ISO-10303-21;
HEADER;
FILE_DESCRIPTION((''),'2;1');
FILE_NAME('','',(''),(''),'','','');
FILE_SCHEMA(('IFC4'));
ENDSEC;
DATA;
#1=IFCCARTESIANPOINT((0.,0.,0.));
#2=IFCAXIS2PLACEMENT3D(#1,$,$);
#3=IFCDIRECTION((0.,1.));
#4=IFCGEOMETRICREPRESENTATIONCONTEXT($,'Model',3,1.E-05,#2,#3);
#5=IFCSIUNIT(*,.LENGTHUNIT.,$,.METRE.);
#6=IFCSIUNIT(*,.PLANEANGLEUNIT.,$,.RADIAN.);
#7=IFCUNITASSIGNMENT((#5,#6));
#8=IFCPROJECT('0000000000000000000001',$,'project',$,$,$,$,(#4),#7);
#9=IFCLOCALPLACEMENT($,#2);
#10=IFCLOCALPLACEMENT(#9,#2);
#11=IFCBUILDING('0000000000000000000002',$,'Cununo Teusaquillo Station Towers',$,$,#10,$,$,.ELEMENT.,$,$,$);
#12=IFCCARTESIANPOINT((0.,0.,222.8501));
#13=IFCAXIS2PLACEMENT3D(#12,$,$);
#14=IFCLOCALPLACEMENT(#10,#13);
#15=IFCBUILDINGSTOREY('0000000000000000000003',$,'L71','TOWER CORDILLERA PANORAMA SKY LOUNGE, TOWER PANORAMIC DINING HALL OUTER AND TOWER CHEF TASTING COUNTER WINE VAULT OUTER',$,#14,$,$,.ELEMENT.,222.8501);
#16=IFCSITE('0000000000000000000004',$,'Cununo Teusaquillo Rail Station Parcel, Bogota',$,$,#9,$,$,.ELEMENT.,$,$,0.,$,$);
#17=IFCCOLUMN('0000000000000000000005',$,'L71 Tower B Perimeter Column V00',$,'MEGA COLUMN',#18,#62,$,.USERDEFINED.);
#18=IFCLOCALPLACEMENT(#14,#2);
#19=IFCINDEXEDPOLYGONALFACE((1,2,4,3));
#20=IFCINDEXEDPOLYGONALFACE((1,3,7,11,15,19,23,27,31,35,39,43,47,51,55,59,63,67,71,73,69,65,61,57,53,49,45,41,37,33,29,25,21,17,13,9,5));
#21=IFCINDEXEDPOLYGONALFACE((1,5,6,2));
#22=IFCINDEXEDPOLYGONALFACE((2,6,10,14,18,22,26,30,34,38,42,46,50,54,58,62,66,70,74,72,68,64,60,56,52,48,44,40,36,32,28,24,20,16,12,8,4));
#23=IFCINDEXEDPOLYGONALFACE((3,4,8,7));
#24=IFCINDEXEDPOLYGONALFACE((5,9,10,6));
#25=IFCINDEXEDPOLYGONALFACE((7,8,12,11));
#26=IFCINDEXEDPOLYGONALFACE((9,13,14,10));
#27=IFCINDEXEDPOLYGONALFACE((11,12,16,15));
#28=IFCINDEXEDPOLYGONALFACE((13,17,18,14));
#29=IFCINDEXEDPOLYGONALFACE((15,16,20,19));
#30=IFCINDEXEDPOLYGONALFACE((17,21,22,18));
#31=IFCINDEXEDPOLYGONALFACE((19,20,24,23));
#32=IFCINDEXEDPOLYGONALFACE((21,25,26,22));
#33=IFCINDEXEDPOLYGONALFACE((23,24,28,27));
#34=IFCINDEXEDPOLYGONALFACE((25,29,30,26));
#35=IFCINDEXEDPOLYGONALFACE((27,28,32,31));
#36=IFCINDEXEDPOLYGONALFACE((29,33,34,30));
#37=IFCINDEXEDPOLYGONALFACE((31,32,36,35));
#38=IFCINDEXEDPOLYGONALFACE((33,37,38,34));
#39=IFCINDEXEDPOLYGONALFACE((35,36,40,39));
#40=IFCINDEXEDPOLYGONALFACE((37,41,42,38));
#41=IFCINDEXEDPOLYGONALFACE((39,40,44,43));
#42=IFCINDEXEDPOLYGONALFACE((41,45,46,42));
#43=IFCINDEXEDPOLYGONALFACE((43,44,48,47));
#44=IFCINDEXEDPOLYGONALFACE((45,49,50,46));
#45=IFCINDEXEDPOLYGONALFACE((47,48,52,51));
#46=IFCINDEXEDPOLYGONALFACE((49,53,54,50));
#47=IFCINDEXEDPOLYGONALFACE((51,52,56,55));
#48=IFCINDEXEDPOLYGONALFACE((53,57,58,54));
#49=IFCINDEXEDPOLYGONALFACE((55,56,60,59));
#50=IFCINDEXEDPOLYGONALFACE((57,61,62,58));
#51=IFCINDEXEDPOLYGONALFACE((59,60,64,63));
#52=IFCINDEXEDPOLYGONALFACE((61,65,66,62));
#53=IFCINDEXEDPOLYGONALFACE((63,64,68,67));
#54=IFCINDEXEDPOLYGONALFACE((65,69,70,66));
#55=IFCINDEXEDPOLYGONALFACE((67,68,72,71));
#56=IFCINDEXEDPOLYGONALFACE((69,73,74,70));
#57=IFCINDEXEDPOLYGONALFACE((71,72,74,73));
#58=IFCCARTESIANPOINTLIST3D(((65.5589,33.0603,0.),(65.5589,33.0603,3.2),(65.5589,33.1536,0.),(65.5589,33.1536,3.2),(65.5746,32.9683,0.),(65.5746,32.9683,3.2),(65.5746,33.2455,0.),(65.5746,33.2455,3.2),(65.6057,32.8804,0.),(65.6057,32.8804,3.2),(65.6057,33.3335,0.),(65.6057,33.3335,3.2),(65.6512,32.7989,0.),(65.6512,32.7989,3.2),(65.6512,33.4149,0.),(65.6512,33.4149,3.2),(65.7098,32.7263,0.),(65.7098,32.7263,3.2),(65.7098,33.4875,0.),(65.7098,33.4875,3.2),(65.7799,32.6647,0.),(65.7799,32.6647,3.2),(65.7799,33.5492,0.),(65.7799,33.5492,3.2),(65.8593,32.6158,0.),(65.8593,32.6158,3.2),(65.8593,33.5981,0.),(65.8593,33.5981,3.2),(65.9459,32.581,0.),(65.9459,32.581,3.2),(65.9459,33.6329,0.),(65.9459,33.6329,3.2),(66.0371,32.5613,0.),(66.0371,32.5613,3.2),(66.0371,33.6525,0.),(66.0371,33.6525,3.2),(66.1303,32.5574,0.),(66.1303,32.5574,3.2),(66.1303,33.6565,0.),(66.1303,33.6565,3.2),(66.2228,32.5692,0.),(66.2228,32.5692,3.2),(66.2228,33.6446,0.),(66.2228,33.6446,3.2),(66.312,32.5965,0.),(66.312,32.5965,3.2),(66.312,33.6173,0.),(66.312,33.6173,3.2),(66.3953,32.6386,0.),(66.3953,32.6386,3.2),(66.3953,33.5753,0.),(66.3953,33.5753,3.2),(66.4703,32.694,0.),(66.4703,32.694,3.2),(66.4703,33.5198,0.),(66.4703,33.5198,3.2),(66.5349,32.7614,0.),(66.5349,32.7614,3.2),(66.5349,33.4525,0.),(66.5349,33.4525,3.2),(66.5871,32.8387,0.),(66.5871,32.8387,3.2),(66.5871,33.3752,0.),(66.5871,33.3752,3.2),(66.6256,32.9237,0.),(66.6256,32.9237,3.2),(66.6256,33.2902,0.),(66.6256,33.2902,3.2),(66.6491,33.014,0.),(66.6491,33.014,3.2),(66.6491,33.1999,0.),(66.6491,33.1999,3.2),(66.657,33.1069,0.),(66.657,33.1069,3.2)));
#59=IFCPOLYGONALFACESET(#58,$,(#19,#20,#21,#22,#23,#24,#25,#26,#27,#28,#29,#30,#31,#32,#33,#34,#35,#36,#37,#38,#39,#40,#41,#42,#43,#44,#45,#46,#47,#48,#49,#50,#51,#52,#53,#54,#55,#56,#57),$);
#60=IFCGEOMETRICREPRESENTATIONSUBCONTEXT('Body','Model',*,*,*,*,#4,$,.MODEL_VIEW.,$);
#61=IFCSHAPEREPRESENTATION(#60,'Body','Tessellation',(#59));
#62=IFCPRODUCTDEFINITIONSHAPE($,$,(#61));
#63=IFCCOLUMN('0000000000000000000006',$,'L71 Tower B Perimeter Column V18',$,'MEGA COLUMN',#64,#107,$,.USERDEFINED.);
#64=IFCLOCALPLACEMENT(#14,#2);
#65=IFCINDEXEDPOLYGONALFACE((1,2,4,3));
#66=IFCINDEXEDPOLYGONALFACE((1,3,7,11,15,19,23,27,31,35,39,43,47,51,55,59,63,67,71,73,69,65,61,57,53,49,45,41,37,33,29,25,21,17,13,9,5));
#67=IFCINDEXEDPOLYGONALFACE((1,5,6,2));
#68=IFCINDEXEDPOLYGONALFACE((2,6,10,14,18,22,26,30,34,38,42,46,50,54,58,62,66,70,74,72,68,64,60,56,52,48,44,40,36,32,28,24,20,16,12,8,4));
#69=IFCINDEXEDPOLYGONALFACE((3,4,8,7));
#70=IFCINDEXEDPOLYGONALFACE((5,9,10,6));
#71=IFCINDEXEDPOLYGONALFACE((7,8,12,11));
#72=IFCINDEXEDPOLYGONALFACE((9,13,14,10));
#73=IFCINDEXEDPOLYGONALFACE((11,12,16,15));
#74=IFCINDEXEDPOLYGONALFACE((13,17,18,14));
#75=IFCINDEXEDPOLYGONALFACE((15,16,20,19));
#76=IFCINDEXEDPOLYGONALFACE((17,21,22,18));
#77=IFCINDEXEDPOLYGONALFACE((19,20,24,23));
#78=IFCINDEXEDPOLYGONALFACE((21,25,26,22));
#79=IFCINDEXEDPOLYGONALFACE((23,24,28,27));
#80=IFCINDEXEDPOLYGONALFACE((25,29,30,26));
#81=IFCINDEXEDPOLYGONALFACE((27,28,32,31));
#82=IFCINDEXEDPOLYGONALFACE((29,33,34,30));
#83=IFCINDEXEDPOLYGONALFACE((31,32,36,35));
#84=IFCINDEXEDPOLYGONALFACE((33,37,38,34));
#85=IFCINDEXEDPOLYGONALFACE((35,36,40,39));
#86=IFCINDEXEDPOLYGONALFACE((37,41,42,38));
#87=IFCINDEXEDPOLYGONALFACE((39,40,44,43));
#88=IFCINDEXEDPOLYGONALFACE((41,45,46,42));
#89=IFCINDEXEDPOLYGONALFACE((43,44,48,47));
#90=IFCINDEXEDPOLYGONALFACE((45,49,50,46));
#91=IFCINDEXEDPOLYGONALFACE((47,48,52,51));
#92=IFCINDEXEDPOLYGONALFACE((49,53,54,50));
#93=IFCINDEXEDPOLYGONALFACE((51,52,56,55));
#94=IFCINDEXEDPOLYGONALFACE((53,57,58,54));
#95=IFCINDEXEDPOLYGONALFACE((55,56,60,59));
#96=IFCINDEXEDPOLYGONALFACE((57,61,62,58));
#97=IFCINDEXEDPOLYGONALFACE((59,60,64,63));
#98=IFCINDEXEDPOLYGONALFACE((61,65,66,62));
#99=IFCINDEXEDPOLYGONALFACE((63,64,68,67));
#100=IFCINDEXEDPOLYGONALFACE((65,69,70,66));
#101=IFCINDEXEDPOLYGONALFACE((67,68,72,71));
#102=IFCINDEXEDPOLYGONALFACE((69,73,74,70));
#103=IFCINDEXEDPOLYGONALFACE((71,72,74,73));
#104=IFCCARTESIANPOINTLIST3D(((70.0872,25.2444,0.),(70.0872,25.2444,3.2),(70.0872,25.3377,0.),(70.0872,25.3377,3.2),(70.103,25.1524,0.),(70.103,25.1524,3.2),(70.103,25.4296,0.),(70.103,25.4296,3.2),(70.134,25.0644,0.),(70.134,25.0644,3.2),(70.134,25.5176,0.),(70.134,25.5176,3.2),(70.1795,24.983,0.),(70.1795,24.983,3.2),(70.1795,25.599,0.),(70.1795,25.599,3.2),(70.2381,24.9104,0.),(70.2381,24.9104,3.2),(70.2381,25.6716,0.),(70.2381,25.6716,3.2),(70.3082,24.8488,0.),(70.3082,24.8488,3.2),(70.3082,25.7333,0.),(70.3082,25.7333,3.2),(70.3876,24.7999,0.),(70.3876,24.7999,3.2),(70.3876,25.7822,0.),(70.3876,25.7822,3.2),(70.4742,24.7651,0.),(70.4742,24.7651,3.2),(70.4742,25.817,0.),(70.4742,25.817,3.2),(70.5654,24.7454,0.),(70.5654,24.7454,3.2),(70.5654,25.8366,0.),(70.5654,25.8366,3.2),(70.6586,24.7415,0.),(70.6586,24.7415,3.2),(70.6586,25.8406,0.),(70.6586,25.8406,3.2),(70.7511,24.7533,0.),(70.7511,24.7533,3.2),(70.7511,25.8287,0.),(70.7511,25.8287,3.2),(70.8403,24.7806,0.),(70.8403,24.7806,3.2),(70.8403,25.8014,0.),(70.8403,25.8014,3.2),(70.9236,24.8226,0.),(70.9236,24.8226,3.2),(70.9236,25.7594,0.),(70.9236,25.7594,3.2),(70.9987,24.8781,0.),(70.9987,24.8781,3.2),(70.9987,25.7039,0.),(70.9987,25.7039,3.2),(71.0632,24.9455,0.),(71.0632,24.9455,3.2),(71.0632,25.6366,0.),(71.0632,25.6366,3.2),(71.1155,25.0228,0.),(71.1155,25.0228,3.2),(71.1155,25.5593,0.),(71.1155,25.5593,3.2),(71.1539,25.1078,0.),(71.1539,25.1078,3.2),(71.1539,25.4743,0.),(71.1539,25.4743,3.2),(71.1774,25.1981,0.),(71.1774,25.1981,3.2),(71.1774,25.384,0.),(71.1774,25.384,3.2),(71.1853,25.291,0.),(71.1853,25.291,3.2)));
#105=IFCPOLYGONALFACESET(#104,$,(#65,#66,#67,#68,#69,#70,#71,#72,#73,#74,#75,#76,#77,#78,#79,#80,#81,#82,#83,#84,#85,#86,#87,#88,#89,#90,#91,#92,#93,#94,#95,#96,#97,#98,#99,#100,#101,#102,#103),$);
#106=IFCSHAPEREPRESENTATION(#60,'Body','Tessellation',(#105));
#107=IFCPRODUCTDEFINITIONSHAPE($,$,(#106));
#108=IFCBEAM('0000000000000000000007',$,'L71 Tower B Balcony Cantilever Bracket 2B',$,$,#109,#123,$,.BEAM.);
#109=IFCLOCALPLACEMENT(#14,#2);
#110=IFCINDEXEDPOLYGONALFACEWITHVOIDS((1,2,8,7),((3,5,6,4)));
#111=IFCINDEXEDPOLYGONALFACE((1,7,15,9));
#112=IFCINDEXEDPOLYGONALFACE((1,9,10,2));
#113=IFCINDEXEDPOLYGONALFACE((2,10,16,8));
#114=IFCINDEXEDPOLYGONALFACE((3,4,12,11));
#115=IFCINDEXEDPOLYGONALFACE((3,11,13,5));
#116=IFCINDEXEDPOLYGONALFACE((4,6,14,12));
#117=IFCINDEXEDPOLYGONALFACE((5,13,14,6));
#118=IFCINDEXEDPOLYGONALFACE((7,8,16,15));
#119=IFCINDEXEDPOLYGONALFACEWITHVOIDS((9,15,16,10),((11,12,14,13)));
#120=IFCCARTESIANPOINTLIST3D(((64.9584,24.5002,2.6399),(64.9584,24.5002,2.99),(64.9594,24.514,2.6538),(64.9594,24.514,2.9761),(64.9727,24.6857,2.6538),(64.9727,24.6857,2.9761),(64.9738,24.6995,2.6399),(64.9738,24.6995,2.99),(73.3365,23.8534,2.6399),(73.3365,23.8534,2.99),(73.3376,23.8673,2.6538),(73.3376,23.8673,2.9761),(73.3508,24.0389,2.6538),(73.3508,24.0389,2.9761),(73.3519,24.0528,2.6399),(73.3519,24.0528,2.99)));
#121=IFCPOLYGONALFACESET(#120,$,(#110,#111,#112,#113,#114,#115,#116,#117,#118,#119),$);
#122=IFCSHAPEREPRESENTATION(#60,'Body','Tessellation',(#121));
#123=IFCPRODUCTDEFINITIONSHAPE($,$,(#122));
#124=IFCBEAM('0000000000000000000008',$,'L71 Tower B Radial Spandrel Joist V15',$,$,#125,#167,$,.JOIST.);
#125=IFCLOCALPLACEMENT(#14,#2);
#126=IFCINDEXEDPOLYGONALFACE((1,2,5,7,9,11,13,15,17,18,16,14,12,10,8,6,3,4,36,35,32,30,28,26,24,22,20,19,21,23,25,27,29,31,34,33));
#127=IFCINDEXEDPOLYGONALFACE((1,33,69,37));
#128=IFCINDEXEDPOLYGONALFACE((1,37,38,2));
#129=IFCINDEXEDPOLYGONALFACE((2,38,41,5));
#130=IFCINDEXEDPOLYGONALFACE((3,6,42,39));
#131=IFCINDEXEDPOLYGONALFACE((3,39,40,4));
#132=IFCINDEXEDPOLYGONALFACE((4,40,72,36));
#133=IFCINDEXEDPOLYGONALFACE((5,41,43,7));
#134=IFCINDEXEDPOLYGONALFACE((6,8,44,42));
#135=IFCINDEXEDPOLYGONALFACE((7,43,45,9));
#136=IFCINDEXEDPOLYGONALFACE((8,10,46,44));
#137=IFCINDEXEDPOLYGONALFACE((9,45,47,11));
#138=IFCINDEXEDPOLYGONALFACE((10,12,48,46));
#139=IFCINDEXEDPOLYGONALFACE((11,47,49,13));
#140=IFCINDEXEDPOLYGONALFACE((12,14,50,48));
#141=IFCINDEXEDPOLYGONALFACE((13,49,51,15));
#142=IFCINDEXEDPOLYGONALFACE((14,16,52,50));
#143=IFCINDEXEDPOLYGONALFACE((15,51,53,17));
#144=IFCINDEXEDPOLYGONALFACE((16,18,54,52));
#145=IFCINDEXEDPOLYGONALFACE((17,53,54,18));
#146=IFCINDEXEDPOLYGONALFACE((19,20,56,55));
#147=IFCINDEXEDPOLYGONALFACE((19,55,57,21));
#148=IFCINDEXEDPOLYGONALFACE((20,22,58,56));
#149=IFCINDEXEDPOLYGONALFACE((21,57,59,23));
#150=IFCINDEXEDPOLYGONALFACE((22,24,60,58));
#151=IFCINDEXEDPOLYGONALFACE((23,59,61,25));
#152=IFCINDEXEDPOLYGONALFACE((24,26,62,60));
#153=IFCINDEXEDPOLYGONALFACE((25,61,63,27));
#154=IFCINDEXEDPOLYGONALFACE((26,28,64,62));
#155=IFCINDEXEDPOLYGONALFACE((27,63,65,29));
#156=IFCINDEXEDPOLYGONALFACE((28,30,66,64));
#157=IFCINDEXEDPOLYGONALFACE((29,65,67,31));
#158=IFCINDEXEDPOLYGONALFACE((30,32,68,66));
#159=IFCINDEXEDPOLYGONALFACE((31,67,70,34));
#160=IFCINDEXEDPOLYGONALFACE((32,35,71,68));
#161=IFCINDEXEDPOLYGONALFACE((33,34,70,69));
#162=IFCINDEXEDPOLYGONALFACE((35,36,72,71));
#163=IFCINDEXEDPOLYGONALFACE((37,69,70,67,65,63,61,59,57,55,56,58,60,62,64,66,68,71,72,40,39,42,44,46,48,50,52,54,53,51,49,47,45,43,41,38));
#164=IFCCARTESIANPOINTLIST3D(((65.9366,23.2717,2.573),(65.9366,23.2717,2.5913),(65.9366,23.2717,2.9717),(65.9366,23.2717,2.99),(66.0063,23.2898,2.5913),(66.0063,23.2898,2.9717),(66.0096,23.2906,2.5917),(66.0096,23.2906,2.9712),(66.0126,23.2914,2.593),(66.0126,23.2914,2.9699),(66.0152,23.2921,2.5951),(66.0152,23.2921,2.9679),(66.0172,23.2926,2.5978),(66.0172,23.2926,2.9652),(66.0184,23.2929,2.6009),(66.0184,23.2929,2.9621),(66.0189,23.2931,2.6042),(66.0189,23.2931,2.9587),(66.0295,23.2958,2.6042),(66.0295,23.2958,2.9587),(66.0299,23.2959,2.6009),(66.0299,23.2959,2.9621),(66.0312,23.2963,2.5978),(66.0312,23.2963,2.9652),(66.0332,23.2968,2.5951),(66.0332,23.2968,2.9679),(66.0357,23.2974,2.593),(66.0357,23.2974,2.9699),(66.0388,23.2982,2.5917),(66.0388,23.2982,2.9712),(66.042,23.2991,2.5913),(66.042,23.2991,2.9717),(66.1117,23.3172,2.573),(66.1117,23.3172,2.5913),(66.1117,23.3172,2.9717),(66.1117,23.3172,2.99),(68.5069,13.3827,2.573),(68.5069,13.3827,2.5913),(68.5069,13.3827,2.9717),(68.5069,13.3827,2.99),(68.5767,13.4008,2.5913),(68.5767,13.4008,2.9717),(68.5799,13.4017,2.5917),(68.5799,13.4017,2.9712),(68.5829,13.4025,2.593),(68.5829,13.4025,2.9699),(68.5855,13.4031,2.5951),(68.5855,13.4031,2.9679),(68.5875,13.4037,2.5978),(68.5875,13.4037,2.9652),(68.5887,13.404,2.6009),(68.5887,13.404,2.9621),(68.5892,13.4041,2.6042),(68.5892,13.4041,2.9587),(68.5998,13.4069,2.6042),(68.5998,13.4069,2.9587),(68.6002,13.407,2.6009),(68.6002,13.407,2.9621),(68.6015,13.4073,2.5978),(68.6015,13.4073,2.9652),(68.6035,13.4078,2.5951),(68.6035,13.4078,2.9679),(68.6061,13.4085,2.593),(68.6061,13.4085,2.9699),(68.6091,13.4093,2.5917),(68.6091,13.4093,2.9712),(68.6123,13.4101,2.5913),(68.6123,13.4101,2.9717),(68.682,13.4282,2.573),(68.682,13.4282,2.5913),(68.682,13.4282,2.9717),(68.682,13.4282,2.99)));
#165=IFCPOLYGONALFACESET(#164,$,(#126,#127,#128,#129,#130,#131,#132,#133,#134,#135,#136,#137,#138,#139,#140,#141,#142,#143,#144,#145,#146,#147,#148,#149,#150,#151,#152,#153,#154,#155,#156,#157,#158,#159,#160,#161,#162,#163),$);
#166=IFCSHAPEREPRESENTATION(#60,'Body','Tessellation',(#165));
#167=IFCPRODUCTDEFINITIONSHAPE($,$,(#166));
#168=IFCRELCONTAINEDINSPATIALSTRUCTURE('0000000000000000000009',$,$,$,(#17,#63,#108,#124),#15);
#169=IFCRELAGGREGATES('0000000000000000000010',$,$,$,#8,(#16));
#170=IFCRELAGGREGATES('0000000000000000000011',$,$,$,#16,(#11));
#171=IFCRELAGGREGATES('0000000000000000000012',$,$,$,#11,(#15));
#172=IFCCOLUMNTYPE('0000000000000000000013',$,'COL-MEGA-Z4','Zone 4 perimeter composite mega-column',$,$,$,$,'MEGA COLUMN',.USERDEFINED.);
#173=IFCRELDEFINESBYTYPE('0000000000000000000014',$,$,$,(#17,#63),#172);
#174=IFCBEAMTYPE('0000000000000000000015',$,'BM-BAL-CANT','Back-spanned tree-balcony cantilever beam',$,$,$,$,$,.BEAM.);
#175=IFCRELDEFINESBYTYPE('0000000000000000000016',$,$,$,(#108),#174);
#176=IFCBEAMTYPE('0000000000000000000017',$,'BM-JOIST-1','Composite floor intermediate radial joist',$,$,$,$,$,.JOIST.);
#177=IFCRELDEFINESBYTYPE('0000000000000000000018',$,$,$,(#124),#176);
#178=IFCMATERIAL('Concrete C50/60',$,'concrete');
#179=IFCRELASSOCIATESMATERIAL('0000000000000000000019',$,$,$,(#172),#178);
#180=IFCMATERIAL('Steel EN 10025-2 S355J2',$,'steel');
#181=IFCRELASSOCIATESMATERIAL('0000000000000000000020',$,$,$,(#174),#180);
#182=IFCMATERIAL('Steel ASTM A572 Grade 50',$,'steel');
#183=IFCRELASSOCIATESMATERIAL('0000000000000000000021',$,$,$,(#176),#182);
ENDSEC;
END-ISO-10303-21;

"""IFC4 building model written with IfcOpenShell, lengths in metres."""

from ifc_helpers import new_model, si_unit, direction, frame, origin, origin_2d, place, context, subcontext, project, spatial, hollow_rectangle, circle, i_section, extrude, material, material_profile, profile_set, type_object, element, save


model = new_model("IFC4")

# Units and contexts
model_context = context("Model", 3, precision=1e-05, world=origin(), true_north=direction((0.0, 1.0)))
body_context = subcontext(model_context, "Body", "Model", "MODEL_VIEW")
ifc_project = project(units=[si_unit("LENGTHUNIT", "METRE"), si_unit("PLANEANGLEUNIT", "RADIAN")], contexts=[model_context])

# Site, building, storey
site_placement = place(None, origin())
site = spatial("IfcSite", under=ifc_project, at=site_placement, Name="Cununo Teusaquillo Rail Station Parcel, Bogota", CompositionType="ELEMENT", RefElevation=0.0)
building_placement = place(site_placement, origin())
building = spatial("IfcBuilding", under=site, at=building_placement, Name="Cununo Teusaquillo Station Towers", CompositionType="ELEMENT")
storey_placement = place(building_placement, frame((0.0, 0.0, 222.8501)))
storey = spatial("IfcBuildingStorey", under=building, at=storey_placement, Name="L71", Description="TOWER CORDILLERA PANORAMA SKY LOUNGE, TOWER PANORAMIC DINING HALL OUTER AND TOWER CHEF TASTING COUNTER WINE VAULT OUTER", CompositionType="ELEMENT", Elevation=222.8501)

# Columns
ifc_material_1 = material(Name="Concrete C50/60", Category="concrete")
ifc_material_profile_1 = material_profile(ifc_material_1, circle(Radius=0.55, at=origin_2d()), Name="RC-CIRC-1100")
ifc_profile_set_1 = profile_set([ifc_material_profile_1], Name="Concrete C50/60")
column_type = type_object("IfcColumnType", Name="COL-MEGA-Z4", Description="Zone 4 perimeter composite mega-column", ElementType="MEGA COLUMN", PredefinedType="USERDEFINED", material=ifc_profile_set_1)
for number, where, z_axis, x_axis, name in (
    (1, (66.1069, 33.1069, 0.0), (0.0, 0.0, 1.0), (1.0, 0.0, 0.0), "L71 Tower B Perimeter Column V00"),
    (2, (70.6353, 25.291, 0.0), (0.0, 0.0, 1.0), (1.0, 0.0, 0.0), "L71 Tower B Perimeter Column V18"),
):
    element("IfcColumn", number, at=place(storey_placement, frame(where, z_axis=z_axis, x_axis=x_axis)), inside=storey, type_object=column_type, Name=name, ObjectType="MEGA COLUMN", PredefinedType="USERDEFINED", context=body_context, shape_type="SweptSolid", body=[
        extrude(circle(Radius=0.55, at=origin_2d()), origin(), (0.0, 0.0, 1.0), 3.2),
    ])

# Beams
ifc_material_2 = material(Name="Steel EN 10025-2 S355J2", Category="steel")
ifc_material_profile_2 = material_profile(ifc_material_2, hollow_rectangle(XDim=0.2, YDim=0.3501, WallThickness=0.0139, at=origin_2d()), Name="RHS 350x200x14")
ifc_profile_set_2 = profile_set([ifc_material_profile_2], Name="Steel EN 10025-2 S355J2")
beam_type_1 = type_object("IfcBeamType", Name="BM-BAL-CANT", Description="Back-spanned tree-balcony cantilever beam", PredefinedType="BEAM", material=ifc_profile_set_2)
beam_1_placement = place(storey_placement, frame((64.9661, 24.5999, 2.8149), z_axis=(0.997034, -0.076963, 0.0), x_axis=(0.076963, 0.997034, 0.0)))
element("IfcBeam", 3, at=beam_1_placement, inside=storey, type_object=beam_type_1, Name="L71 Tower B Balcony Cantilever Bracket 2B", PredefinedType="BEAM", context=body_context, shape_type="SweptSolid", body=[
    extrude(hollow_rectangle(XDim=0.2, YDim=0.3501, WallThickness=0.0139, at=origin_2d()), origin(), (0.0, 0.0, 1.0), 8.4031),
])
ifc_material_3 = material(Name="Steel ASTM A572 Grade 50", Category="steel")
ifc_material_profile_3 = material_profile(ifc_material_3, i_section(OverallWidth=0.1809, OverallDepth=0.417, WebThickness=0.011, FlangeThickness=0.0183, FilletRadius=0.0129, at=origin_2d()), Name="W16X57")
ifc_profile_set_3 = profile_set([ifc_material_profile_3], Name="Steel ASTM A572 Grade 50")
beam_type_2 = type_object("IfcBeamType", Name="BM-JOIST-1", Description="Composite floor intermediate radial joist", PredefinedType="JOIST", material=ifc_profile_set_3)
beam_2_placement = place(storey_placement, frame((66.0242, 23.2944, 2.7815), z_axis=(0.25156, -0.967842, 0.0), x_axis=(0.967842, 0.25156, 0.0)))
element("IfcBeam", 4, at=beam_2_placement, inside=storey, type_object=beam_type_2, Name="L71 Tower B Radial Spandrel Joist V15", PredefinedType="JOIST", context=body_context, shape_type="SweptSolid", body=[
    extrude(i_section(OverallWidth=0.1809, OverallDepth=0.417, WebThickness=0.011, FlangeThickness=0.0183, FilletRadius=0.0129, at=origin_2d()), origin(), (0.0, 0.0, 1.0), 10.2175),
])

save(model, "model.ifc")
